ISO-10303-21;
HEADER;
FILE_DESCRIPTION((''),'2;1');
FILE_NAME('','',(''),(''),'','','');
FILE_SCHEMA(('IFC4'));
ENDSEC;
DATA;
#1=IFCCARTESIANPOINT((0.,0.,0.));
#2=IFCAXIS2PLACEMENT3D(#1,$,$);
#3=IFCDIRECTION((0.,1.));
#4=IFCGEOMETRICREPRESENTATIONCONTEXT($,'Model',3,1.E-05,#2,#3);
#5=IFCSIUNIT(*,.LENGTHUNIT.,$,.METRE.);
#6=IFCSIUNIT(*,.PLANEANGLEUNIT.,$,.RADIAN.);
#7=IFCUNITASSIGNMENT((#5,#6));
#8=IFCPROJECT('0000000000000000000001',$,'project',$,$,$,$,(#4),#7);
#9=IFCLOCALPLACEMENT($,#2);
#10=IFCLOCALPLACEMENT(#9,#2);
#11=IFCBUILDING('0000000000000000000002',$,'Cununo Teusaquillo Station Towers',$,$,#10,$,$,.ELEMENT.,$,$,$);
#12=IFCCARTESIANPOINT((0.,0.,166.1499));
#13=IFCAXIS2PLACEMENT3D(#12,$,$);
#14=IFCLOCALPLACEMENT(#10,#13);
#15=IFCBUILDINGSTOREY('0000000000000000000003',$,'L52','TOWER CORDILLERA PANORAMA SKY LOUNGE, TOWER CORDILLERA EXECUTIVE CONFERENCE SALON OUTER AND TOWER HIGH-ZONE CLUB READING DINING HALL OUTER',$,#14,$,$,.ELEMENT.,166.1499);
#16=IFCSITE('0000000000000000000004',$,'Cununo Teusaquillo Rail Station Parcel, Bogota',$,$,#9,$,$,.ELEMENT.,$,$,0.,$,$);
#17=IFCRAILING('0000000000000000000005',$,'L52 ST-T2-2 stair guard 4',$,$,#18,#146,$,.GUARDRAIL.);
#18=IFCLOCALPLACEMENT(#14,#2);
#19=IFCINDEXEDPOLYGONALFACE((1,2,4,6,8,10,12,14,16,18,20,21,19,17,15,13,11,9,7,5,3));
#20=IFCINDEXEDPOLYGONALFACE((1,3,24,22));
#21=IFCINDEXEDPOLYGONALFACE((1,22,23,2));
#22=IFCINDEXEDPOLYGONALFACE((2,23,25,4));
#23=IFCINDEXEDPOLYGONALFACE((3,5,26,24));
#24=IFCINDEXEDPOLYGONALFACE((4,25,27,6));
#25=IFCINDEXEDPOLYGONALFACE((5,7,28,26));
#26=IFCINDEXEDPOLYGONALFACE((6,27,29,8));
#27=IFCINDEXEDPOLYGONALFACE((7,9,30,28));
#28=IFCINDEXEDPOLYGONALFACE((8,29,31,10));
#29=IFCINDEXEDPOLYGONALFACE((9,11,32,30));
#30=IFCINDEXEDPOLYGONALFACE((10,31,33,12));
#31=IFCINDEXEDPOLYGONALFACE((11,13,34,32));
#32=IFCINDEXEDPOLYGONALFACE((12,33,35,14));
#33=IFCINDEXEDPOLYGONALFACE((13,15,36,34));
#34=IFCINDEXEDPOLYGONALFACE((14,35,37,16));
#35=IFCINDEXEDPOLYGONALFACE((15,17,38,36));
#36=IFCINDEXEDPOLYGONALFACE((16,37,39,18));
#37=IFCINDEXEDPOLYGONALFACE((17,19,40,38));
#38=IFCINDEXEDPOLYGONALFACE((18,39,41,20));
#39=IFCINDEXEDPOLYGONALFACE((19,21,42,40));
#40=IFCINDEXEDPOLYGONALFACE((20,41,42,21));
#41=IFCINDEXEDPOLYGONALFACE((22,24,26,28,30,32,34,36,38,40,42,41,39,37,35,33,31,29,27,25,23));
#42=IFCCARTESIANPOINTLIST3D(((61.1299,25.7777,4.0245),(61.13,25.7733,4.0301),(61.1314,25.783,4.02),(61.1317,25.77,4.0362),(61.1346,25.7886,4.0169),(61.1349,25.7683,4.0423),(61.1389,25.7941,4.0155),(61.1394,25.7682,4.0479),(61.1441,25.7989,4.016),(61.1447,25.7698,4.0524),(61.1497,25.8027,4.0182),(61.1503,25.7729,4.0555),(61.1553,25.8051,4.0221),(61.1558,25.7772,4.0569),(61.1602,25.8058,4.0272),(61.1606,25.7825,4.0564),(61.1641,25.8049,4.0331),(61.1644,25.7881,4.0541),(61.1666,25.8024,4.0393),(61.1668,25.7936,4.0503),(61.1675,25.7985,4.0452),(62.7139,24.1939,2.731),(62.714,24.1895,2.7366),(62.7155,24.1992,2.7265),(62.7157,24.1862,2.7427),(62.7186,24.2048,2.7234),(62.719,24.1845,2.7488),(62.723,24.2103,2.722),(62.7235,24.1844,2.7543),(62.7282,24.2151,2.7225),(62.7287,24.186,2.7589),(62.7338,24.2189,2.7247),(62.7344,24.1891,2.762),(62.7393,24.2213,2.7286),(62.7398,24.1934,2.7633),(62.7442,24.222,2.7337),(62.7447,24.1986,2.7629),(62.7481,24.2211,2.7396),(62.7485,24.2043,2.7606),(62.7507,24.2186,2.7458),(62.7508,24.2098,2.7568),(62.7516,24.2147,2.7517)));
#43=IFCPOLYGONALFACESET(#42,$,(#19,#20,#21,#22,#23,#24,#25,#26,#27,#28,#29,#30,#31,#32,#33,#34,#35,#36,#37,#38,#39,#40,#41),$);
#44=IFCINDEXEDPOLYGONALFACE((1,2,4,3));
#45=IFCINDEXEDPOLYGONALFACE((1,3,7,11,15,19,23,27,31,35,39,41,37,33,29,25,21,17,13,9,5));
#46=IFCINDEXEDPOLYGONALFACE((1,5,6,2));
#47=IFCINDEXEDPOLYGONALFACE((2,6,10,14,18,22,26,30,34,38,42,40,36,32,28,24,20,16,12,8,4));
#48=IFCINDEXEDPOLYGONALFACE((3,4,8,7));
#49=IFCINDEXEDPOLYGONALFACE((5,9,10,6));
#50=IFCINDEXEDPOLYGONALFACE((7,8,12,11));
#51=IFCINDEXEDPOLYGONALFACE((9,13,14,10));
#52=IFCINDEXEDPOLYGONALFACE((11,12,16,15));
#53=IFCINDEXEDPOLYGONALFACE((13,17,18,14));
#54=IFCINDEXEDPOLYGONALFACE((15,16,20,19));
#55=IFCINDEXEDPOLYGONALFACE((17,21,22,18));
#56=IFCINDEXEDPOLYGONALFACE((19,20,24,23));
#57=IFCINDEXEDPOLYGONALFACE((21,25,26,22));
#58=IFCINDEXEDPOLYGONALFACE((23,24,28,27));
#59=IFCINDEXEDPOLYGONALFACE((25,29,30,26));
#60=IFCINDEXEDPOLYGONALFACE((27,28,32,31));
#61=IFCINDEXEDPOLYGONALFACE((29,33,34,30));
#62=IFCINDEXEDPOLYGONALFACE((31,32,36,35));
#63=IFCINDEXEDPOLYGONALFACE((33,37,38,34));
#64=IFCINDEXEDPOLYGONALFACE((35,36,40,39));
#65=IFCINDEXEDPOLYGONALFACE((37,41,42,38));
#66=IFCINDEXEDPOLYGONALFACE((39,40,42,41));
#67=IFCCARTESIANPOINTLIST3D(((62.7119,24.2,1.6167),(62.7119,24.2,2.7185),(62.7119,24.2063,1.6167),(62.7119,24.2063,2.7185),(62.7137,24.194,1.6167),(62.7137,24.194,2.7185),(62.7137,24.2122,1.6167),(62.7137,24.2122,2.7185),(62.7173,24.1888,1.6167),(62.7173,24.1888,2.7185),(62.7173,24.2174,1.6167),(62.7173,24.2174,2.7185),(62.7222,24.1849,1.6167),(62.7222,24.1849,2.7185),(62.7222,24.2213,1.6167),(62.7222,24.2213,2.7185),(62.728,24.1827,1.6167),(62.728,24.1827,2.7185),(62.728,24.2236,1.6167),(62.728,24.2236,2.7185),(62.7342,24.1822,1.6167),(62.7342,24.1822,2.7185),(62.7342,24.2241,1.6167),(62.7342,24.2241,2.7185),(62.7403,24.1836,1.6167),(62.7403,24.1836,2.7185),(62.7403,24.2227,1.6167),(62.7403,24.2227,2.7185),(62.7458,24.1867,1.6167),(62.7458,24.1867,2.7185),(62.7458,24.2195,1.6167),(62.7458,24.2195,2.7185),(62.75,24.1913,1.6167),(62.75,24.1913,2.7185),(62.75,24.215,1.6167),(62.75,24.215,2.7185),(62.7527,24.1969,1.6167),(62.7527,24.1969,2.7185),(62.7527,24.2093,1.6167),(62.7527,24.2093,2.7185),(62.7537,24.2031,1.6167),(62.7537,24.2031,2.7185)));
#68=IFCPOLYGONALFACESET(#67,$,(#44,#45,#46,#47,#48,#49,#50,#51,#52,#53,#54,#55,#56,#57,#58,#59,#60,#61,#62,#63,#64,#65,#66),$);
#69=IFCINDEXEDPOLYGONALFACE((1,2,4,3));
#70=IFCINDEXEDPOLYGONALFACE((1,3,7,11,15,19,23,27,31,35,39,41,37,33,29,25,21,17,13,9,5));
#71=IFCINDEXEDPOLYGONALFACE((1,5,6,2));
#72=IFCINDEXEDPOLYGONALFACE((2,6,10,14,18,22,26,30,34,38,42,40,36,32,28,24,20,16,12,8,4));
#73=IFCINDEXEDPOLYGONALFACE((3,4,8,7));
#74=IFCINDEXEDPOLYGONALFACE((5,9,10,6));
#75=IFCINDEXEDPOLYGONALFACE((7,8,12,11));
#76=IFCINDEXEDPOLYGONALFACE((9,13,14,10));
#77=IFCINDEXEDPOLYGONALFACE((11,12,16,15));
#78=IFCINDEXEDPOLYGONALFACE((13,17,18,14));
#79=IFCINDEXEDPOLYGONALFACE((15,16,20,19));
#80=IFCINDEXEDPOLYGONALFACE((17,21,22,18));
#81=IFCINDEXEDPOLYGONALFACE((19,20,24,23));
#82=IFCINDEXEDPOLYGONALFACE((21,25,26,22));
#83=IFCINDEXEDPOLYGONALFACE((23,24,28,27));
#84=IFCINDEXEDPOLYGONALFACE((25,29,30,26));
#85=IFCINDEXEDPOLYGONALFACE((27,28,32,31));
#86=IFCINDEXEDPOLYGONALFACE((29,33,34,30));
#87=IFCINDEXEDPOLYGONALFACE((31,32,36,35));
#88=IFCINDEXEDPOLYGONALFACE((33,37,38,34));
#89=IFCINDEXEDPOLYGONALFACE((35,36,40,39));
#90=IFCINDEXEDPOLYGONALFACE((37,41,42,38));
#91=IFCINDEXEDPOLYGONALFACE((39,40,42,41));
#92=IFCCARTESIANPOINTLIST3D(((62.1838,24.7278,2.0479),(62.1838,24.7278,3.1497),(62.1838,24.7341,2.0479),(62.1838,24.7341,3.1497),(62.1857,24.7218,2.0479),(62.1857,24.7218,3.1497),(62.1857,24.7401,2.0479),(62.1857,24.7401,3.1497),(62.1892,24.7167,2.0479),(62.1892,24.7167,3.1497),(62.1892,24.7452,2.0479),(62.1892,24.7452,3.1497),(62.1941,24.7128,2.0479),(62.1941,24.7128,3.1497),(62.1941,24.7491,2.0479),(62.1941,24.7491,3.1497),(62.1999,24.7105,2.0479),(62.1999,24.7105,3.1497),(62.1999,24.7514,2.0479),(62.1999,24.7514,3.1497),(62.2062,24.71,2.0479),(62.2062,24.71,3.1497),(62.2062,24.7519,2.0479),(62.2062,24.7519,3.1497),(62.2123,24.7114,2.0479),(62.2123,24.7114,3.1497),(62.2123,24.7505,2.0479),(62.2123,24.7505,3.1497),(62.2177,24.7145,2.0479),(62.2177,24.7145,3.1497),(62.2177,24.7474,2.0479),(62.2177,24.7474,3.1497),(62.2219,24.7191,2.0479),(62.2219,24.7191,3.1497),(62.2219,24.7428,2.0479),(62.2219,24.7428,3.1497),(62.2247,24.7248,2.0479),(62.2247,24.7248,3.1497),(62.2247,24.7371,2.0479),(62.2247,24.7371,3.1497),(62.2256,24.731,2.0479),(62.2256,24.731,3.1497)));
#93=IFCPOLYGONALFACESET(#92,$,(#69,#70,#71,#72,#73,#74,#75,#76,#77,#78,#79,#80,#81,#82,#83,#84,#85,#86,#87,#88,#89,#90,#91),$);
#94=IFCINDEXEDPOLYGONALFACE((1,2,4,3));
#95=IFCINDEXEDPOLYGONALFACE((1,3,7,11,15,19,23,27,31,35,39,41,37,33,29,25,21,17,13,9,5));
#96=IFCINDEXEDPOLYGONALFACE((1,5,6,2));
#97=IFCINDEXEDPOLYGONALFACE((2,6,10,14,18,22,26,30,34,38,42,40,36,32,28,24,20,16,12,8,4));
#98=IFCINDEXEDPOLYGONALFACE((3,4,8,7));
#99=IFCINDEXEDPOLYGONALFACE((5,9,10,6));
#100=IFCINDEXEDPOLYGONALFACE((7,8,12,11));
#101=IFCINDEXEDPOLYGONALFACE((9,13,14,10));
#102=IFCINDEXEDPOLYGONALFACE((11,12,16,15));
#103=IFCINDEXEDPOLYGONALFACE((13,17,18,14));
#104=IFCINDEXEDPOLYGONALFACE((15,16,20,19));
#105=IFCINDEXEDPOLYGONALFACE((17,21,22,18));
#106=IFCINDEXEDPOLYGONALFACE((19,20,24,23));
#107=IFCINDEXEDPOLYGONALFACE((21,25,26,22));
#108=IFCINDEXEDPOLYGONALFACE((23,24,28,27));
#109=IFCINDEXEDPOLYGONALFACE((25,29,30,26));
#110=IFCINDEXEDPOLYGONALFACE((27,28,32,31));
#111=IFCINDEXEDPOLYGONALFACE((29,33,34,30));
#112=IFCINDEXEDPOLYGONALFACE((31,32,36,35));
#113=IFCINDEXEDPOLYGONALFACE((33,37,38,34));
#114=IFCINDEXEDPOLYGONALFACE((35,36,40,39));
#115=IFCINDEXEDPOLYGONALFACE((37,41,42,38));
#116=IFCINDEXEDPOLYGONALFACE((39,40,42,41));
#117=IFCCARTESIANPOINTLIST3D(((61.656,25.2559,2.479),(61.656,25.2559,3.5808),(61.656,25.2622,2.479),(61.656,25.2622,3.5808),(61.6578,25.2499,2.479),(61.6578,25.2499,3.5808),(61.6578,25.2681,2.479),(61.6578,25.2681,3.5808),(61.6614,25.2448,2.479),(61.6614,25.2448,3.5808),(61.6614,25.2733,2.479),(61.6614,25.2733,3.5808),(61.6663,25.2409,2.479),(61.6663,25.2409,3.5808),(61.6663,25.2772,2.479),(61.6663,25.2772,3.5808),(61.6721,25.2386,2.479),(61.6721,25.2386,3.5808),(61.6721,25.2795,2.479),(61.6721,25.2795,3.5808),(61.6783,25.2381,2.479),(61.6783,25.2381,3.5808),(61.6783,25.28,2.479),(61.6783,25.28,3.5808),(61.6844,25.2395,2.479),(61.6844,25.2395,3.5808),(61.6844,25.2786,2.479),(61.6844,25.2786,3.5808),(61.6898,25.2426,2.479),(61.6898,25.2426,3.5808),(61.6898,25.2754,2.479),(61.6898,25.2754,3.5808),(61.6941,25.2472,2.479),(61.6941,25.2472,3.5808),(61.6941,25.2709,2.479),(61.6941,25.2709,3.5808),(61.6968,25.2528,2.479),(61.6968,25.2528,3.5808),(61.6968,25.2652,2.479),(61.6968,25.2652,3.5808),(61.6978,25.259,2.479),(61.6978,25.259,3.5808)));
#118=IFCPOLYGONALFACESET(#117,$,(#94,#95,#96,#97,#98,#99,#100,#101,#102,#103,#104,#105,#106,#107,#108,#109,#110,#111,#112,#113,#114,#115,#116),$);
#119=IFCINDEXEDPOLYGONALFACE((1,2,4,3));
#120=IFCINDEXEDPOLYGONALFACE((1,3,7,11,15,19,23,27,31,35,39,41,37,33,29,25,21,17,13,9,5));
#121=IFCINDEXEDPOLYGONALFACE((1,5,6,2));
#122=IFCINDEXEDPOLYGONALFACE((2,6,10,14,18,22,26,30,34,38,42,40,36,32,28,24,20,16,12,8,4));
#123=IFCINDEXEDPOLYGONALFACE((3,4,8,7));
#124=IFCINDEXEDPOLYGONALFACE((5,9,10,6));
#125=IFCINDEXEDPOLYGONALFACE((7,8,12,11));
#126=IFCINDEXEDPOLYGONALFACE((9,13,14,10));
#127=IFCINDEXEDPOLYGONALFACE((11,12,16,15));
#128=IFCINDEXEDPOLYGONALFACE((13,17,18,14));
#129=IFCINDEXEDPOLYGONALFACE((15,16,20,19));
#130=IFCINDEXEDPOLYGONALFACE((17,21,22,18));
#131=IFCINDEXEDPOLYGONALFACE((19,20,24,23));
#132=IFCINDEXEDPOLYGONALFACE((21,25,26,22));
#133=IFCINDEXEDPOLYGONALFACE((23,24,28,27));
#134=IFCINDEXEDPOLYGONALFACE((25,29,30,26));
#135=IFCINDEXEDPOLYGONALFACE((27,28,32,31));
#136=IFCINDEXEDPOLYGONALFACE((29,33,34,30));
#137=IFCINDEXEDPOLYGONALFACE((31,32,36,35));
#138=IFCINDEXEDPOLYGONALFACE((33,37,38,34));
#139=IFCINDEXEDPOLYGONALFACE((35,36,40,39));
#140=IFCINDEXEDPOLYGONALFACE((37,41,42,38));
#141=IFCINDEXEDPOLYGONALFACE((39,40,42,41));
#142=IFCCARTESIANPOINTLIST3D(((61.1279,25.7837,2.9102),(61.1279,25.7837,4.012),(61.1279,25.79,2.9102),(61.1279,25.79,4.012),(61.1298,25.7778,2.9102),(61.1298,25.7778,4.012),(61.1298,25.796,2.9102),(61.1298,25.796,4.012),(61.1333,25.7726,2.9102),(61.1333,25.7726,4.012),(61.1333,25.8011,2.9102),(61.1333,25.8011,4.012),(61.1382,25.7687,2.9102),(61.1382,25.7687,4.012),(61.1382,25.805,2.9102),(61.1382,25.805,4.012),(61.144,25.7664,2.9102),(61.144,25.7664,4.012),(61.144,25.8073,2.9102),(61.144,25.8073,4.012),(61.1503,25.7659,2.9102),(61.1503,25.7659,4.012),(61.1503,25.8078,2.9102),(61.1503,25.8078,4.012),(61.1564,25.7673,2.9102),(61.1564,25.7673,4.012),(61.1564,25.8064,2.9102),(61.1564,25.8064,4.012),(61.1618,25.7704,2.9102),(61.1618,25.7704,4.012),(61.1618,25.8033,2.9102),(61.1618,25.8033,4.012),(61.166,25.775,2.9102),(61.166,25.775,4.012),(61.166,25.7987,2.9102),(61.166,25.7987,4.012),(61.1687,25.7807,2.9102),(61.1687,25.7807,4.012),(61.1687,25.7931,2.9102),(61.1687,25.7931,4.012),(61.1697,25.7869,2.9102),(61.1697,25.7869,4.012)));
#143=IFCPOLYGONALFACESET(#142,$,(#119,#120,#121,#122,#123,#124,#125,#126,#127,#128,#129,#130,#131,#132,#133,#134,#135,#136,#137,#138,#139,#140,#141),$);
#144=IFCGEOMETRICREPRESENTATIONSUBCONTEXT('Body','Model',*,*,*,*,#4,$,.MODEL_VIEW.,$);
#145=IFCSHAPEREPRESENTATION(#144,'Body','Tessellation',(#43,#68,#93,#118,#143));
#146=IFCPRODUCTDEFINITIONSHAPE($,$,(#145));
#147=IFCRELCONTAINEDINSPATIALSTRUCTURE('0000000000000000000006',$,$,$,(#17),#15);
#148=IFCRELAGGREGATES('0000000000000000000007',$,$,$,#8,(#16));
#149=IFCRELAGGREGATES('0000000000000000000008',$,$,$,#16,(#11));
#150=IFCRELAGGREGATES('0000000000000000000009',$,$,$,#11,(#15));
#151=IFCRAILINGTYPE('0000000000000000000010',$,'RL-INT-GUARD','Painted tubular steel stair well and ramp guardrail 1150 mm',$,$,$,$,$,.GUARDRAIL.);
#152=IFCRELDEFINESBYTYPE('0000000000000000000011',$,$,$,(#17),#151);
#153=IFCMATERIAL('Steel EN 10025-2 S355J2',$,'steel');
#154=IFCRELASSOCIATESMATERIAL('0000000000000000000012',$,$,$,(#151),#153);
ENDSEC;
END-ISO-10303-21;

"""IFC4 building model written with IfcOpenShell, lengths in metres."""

from ifc_helpers import new_model, si_unit, direction, frame, origin, origin_2d, place, context, subcontext, project, spatial, circle, extrude, material, type_object, element, save


model = new_model("IFC4")

# Units and contexts
model_context = context("Model", 3, precision=1e-05, world=origin(), true_north=direction((0.0, 1.0)))
body_context = subcontext(model_context, "Body", "Model", "MODEL_VIEW")
ifc_project = project(units=[si_unit("LENGTHUNIT", "METRE"), si_unit("PLANEANGLEUNIT", "RADIAN")], contexts=[model_context])

# Site, building, storey
site_placement = place(None, origin())
site = spatial("IfcSite", under=ifc_project, at=site_placement, Name="Cununo Teusaquillo Rail Station Parcel, Bogota", CompositionType="ELEMENT", RefElevation=0.0)
building_placement = place(site_placement, origin())
building = spatial("IfcBuilding", under=site, at=building_placement, Name="Cununo Teusaquillo Station Towers", CompositionType="ELEMENT")
storey_placement = place(building_placement, frame((0.0, 0.0, 166.1499)))
storey = spatial("IfcBuildingStorey", under=building, at=storey_placement, Name="L52", Description="TOWER CORDILLERA PANORAMA SKY LOUNGE, TOWER CORDILLERA EXECUTIVE CONFERENCE SALON OUTER AND TOWER HIGH-ZONE CLUB READING DINING HALL OUTER", CompositionType="ELEMENT", Elevation=166.1499)

# Railing
ifc_material_1 = material(Name="Steel EN 10025-2 S355J2", Category="steel")
railing_type_1 = type_object("IfcRailingType", Name="RL-INT-GUARD", Description="Painted tubular steel stair well and ramp guardrail 1150 mm", PredefinedType="GUARDRAIL", material=ifc_material_1)
railing_1_placement = place(storey_placement, frame((62.7327, 24.2031, 1.6167)))
element("IfcRailing", 1, at=railing_1_placement, inside=storey, type_object=railing_type_1, Name="L52 ST-T2-2 stair guard 4", PredefinedType="GUARDRAIL", context=body_context, shape_type="SweptSolid", body=[
    extrude(circle(Radius=0.0239, at=origin_2d()), frame((0.0, 0.0, 1.126), z_axis=(-0.612391, 0.612297, 0.500069), x_axis=(-0.707052, -0.707161, 0.0)), (0.0, 0.0, 1.0), 2.5867),
    extrude(circle(Radius=0.021, at=origin_2d()), origin(), (0.0, 0.0, 1.0), 1.1018),
    extrude(circle(Radius=0.021, at=origin_2d()), frame((-0.5281, 0.5278, 0.4312)), (0.0, 0.0, 1.0), 1.1018),
    extrude(circle(Radius=0.021, at=origin_2d()), frame((-1.0559, 1.0559, 0.8623)), (0.0, 0.0, 1.0), 1.1018),
    extrude(circle(Radius=0.021, at=origin_2d()), frame((-1.584, 1.5837, 1.2935)), (0.0, 0.0, 1.0), 1.1018),
])

save(model, "model.ifc")
